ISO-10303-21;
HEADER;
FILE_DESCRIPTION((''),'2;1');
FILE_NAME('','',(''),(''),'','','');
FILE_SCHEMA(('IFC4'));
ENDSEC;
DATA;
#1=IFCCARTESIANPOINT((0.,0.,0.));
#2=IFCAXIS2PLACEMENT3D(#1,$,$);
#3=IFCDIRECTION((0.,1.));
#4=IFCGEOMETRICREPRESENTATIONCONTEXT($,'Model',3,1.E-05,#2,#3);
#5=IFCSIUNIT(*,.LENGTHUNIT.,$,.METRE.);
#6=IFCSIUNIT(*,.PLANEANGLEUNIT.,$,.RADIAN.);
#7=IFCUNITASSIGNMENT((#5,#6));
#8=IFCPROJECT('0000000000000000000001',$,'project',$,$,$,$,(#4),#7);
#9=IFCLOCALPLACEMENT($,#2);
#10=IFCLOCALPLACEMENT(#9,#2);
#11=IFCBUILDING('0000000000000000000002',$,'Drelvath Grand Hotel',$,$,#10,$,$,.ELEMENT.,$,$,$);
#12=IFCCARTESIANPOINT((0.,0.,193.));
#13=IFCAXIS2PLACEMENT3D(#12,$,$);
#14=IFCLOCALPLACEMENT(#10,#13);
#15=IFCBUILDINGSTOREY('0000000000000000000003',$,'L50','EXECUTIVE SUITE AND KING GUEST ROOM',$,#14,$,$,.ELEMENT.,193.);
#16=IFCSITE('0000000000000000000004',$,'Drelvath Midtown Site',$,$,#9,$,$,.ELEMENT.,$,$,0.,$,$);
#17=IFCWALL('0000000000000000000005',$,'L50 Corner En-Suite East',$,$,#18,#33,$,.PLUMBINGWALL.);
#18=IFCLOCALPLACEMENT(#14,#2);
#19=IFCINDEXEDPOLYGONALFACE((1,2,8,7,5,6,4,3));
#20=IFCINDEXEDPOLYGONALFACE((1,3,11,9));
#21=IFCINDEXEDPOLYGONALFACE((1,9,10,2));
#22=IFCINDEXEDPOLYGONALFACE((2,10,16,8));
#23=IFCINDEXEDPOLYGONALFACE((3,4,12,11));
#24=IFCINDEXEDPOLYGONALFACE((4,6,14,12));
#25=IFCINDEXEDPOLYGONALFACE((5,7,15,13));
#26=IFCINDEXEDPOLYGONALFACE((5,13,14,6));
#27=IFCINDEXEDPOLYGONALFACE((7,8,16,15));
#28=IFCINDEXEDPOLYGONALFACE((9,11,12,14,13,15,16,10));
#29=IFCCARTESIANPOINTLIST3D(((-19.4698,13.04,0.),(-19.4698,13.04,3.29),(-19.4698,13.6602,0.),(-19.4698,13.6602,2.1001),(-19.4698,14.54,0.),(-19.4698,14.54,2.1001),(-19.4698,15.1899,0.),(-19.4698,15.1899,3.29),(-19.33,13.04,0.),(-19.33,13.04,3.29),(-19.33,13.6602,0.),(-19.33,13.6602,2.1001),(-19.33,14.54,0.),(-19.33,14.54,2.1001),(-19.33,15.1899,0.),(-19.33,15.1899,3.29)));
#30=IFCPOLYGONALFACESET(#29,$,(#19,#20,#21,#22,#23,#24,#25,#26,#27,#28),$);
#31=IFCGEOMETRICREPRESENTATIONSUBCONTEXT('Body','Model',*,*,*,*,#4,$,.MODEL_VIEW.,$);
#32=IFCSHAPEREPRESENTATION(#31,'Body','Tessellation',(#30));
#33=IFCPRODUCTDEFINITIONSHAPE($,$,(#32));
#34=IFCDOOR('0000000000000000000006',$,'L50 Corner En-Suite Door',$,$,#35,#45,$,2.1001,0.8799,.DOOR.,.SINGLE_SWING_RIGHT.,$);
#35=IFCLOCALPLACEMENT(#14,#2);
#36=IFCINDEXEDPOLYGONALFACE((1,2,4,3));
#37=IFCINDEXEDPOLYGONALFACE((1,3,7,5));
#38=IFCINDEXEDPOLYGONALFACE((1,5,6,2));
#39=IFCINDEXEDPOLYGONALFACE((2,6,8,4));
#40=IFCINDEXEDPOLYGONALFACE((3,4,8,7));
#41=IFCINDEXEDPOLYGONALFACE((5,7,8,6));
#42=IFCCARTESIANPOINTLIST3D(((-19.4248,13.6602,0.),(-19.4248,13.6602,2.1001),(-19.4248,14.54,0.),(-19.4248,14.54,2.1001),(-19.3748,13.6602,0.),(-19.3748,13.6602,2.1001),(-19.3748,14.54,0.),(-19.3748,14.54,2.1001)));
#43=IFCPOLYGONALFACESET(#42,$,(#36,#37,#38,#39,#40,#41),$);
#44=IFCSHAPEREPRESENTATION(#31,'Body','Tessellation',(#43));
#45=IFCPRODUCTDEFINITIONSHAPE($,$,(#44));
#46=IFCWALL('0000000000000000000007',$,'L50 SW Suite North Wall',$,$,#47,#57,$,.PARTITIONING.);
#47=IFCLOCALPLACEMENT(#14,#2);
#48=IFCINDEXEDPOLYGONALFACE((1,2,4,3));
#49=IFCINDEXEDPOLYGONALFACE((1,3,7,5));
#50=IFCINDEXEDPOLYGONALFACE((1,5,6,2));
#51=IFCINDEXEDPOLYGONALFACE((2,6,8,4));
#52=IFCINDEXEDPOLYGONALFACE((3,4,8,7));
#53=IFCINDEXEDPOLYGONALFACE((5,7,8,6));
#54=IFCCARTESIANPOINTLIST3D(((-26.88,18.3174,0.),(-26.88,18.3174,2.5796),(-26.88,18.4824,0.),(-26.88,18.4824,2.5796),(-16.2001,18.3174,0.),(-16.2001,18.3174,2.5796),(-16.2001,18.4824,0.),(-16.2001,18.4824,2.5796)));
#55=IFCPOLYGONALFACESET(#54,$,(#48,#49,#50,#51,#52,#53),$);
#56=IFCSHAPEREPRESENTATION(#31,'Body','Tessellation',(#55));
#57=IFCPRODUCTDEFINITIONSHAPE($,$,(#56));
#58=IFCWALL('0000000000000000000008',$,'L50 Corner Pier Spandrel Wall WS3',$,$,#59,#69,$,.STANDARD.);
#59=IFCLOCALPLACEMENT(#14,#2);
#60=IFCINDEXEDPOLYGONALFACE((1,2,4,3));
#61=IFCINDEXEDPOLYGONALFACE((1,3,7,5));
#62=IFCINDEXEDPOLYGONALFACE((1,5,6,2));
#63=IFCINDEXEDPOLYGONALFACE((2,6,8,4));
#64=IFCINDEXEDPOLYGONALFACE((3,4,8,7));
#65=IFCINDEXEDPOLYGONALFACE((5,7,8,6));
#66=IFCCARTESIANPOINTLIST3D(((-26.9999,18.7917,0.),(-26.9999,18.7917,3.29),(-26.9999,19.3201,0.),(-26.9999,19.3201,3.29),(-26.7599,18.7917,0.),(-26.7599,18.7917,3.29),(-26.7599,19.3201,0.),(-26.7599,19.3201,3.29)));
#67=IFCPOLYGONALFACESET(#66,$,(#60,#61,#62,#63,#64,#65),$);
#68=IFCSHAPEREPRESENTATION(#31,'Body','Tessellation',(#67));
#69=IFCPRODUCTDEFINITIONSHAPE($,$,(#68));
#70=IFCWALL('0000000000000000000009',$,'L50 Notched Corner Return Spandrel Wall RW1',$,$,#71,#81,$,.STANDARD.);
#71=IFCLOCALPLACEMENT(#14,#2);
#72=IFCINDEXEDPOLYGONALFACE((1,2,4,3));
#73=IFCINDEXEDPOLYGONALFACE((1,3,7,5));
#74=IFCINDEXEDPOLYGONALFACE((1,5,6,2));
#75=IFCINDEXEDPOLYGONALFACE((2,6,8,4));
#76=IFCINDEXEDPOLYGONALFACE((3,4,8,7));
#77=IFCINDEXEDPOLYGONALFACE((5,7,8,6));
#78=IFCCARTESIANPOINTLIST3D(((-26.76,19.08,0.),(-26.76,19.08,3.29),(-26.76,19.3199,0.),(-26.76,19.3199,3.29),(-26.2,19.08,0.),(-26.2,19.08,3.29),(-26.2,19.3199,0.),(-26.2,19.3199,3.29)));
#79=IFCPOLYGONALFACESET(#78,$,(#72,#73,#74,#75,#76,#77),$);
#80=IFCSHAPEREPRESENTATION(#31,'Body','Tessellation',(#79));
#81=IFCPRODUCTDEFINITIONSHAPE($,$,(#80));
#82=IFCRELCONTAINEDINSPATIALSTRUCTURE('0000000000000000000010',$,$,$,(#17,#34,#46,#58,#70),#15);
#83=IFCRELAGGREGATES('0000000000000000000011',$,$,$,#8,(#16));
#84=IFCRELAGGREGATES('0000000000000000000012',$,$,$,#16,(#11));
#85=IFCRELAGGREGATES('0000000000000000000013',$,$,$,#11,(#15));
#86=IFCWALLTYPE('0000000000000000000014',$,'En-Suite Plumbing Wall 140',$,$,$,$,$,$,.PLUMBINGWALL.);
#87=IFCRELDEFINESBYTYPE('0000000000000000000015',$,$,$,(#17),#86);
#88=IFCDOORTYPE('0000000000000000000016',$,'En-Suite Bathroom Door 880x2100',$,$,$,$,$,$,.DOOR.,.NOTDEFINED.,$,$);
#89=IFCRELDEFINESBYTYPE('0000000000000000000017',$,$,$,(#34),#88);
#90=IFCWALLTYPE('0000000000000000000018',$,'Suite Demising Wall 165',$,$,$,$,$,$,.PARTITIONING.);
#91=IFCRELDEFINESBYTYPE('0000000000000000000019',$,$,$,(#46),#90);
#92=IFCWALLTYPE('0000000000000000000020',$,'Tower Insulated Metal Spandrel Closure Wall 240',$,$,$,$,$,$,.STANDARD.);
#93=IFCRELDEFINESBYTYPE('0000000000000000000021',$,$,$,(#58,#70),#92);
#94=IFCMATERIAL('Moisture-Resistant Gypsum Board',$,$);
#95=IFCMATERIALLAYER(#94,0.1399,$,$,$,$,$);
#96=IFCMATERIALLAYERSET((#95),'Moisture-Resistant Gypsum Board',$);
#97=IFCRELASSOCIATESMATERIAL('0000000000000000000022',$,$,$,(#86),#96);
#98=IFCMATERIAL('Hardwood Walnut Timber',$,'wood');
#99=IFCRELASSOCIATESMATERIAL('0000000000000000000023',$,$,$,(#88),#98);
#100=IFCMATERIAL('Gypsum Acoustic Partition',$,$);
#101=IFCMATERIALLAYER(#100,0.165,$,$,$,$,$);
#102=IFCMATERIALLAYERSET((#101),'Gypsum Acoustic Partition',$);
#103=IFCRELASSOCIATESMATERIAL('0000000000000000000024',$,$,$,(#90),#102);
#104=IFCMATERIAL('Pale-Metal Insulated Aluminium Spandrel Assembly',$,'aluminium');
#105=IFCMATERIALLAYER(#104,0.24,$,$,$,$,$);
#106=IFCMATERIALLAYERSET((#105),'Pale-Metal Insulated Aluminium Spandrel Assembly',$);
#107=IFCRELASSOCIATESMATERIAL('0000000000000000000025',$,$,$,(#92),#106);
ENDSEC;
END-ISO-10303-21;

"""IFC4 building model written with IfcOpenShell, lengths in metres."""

from ifc_helpers import new_model, si_unit, direction, frame, frame_2d, origin, place, context, subcontext, project, spatial, rectangle, extrude, material, layer, layer_set, type_object, element, fill, save


model = new_model("IFC4")

# Units and contexts
model_context = context("Model", 3, precision=1e-05, world=origin(), true_north=direction((0.0, 1.0)))
body_context = subcontext(model_context, "Body", "Model", "MODEL_VIEW")
ifc_project = project(units=[si_unit("LENGTHUNIT", "METRE"), si_unit("PLANEANGLEUNIT", "RADIAN")], contexts=[model_context])

# Site, building, storey
site_placement = place(None, origin())
site = spatial("IfcSite", under=ifc_project, at=site_placement, Name="Drelvath Midtown Site", CompositionType="ELEMENT", RefElevation=0.0)
building_placement = place(site_placement, origin())
building = spatial("IfcBuilding", under=site, at=building_placement, Name="Drelvath Grand Hotel", CompositionType="ELEMENT")
storey_placement = place(building_placement, frame((0.0, 0.0, 193.0)))
storey = spatial("IfcBuildingStorey", under=building, at=storey_placement, Name="L50", Description="EXECUTIVE SUITE AND KING GUEST ROOM", CompositionType="ELEMENT", Elevation=193.0)

# Shared definitions
ifc_material_1 = material(Name="Hardwood Walnut Timber", Category="wood")

# Shared definitions
ifc_material_2 = material(Name="Moisture-Resistant Gypsum Board")
ifc_layer_1 = layer(ifc_material_2, 0.1399)
ifc_layer_set_1 = layer_set([ifc_layer_1], Name="Moisture-Resistant Gypsum Board")
wall_type_1 = type_object("IfcWallType", Name="En-Suite Plumbing Wall 140", PredefinedType="PLUMBINGWALL", material=ifc_layer_set_1)

# Wall, opening, door
wall_1_placement = place(storey_placement, frame((-19.3999, 13.04, 0.0), z_axis=(0.0, 0.0, 1.0), x_axis=(0.0, 1.0, 0.0)))
wall_1 = element("IfcWall", 1, at=wall_1_placement, inside=storey, type_object=wall_type_1, Name="L50 Corner En-Suite East", PredefinedType="PLUMBINGWALL", context=body_context, shape_type="SweptSolid", body=[
    extrude(rectangle(XDim=2.1499, YDim=0.1399, at=frame_2d((1.075, 0.0))), origin(), (0.0, 0.0, 1.0), 3.29),
])
opening_1_placement = place(wall_1_placement, frame((0.6201, 0.0, 0.0)))
opening_1 = element("IfcOpeningElement", 2, at=opening_1_placement, cuts=wall_1, PredefinedType="OPENING", context=body_context, shape_type="SweptSolid", body=[
    extrude(rectangle(XDim=0.8799, YDim=2.1001, at=frame_2d((0.4399, 1.05))), frame((0.0, 0.0798, 0.0), z_axis=(0.0, -1.0, 0.0), x_axis=(1.0, 0.0, 0.0)), (0.0, 0.0, 1.0), 0.1599),
])
door_type_1 = type_object("IfcDoorType", Name="En-Suite Bathroom Door 880x2100", OperationType="NOTDEFINED", PredefinedType="DOOR", material=ifc_material_1)
door_1_placement = place(opening_1_placement, origin())
door_1 = element("IfcDoor", 3, at=door_1_placement, inside=storey, type_object=door_type_1, Name="L50 Corner En-Suite Door", OperationType="SINGLE_SWING_RIGHT", OverallHeight=2.1001, OverallWidth=0.8799, PredefinedType="DOOR", context=body_context, shape_type="SweptSolid", body=[
    extrude(rectangle(XDim=0.8799, YDim=2.1001, at=frame_2d((0.4399, 1.05))), frame((0.0, 0.0249, 0.0), z_axis=(0.0, -1.0, 0.0), x_axis=(1.0, 0.0, 0.0)), (0.0, 0.0, 1.0), 0.05),
])
fill(opening_1, door_1)

# Walls
ifc_material_3 = material(Name="Gypsum Acoustic Partition")
ifc_layer_2 = layer(ifc_material_3, 0.165)
ifc_layer_set_2 = layer_set([ifc_layer_2], Name="Gypsum Acoustic Partition")
wall_type_2 = type_object("IfcWallType", Name="Suite Demising Wall 165", PredefinedType="PARTITIONING", material=ifc_layer_set_2)
wall_2_placement = place(storey_placement, frame((-26.8799, 18.3999, 0.0), z_axis=(0.0, 0.0, 1.0), x_axis=(1.0, 0.0, 0.0)))
element("IfcWall", 4, at=wall_2_placement, inside=storey, type_object=wall_type_2, Name="L50 SW Suite North Wall", PredefinedType="PARTITIONING", context=body_context, shape_type="SweptSolid", body=[
    extrude(rectangle(XDim=10.6799, YDim=0.165, at=frame_2d((5.3398, 0.0))), origin(), (0.0, 0.0, 1.0), 2.5796),
])
ifc_material_4 = material(Name="Pale-Metal Insulated Aluminium Spandrel Assembly", Category="aluminium")
ifc_layer_3 = layer(ifc_material_4, 0.24)
ifc_layer_set_3 = layer_set([ifc_layer_3], Name="Pale-Metal Insulated Aluminium Spandrel Assembly")
wall_type_3 = type_object("IfcWallType", Name="Tower Insulated Metal Spandrel Closure Wall 240", PredefinedType="STANDARD", material=ifc_layer_set_3)
wall_3_placement = place(storey_placement, frame((-26.8799, 18.7917, 0.0), z_axis=(0.0, 0.0, 1.0), x_axis=(0.0, 1.0, 0.0)))
element("IfcWall", 5, at=wall_3_placement, inside=storey, type_object=wall_type_3, Name="L50 Corner Pier Spandrel Wall WS3", PredefinedType="STANDARD", context=body_context, shape_type="SweptSolid", body=[
    extrude(rectangle(XDim=0.5283, YDim=0.24, at=frame_2d((0.2642, 0.0))), origin(), (0.0, 0.0, 1.0), 3.29),
])
wall_4_placement = place(storey_placement, frame((-26.76, 19.2, 0.0), z_axis=(0.0, 0.0, 1.0), x_axis=(1.0, 0.0, 0.0)))
element("IfcWall", 6, at=wall_4_placement, inside=storey, type_object=wall_type_3, Name="L50 Notched Corner Return Spandrel Wall RW1", PredefinedType="STANDARD", context=body_context, shape_type="SweptSolid", body=[
    extrude(rectangle(XDim=0.5601, YDim=0.24, at=frame_2d((0.28, 0.0))), origin(), (0.0, 0.0, 1.0), 3.29),
])

save(model, "model.ifc")
